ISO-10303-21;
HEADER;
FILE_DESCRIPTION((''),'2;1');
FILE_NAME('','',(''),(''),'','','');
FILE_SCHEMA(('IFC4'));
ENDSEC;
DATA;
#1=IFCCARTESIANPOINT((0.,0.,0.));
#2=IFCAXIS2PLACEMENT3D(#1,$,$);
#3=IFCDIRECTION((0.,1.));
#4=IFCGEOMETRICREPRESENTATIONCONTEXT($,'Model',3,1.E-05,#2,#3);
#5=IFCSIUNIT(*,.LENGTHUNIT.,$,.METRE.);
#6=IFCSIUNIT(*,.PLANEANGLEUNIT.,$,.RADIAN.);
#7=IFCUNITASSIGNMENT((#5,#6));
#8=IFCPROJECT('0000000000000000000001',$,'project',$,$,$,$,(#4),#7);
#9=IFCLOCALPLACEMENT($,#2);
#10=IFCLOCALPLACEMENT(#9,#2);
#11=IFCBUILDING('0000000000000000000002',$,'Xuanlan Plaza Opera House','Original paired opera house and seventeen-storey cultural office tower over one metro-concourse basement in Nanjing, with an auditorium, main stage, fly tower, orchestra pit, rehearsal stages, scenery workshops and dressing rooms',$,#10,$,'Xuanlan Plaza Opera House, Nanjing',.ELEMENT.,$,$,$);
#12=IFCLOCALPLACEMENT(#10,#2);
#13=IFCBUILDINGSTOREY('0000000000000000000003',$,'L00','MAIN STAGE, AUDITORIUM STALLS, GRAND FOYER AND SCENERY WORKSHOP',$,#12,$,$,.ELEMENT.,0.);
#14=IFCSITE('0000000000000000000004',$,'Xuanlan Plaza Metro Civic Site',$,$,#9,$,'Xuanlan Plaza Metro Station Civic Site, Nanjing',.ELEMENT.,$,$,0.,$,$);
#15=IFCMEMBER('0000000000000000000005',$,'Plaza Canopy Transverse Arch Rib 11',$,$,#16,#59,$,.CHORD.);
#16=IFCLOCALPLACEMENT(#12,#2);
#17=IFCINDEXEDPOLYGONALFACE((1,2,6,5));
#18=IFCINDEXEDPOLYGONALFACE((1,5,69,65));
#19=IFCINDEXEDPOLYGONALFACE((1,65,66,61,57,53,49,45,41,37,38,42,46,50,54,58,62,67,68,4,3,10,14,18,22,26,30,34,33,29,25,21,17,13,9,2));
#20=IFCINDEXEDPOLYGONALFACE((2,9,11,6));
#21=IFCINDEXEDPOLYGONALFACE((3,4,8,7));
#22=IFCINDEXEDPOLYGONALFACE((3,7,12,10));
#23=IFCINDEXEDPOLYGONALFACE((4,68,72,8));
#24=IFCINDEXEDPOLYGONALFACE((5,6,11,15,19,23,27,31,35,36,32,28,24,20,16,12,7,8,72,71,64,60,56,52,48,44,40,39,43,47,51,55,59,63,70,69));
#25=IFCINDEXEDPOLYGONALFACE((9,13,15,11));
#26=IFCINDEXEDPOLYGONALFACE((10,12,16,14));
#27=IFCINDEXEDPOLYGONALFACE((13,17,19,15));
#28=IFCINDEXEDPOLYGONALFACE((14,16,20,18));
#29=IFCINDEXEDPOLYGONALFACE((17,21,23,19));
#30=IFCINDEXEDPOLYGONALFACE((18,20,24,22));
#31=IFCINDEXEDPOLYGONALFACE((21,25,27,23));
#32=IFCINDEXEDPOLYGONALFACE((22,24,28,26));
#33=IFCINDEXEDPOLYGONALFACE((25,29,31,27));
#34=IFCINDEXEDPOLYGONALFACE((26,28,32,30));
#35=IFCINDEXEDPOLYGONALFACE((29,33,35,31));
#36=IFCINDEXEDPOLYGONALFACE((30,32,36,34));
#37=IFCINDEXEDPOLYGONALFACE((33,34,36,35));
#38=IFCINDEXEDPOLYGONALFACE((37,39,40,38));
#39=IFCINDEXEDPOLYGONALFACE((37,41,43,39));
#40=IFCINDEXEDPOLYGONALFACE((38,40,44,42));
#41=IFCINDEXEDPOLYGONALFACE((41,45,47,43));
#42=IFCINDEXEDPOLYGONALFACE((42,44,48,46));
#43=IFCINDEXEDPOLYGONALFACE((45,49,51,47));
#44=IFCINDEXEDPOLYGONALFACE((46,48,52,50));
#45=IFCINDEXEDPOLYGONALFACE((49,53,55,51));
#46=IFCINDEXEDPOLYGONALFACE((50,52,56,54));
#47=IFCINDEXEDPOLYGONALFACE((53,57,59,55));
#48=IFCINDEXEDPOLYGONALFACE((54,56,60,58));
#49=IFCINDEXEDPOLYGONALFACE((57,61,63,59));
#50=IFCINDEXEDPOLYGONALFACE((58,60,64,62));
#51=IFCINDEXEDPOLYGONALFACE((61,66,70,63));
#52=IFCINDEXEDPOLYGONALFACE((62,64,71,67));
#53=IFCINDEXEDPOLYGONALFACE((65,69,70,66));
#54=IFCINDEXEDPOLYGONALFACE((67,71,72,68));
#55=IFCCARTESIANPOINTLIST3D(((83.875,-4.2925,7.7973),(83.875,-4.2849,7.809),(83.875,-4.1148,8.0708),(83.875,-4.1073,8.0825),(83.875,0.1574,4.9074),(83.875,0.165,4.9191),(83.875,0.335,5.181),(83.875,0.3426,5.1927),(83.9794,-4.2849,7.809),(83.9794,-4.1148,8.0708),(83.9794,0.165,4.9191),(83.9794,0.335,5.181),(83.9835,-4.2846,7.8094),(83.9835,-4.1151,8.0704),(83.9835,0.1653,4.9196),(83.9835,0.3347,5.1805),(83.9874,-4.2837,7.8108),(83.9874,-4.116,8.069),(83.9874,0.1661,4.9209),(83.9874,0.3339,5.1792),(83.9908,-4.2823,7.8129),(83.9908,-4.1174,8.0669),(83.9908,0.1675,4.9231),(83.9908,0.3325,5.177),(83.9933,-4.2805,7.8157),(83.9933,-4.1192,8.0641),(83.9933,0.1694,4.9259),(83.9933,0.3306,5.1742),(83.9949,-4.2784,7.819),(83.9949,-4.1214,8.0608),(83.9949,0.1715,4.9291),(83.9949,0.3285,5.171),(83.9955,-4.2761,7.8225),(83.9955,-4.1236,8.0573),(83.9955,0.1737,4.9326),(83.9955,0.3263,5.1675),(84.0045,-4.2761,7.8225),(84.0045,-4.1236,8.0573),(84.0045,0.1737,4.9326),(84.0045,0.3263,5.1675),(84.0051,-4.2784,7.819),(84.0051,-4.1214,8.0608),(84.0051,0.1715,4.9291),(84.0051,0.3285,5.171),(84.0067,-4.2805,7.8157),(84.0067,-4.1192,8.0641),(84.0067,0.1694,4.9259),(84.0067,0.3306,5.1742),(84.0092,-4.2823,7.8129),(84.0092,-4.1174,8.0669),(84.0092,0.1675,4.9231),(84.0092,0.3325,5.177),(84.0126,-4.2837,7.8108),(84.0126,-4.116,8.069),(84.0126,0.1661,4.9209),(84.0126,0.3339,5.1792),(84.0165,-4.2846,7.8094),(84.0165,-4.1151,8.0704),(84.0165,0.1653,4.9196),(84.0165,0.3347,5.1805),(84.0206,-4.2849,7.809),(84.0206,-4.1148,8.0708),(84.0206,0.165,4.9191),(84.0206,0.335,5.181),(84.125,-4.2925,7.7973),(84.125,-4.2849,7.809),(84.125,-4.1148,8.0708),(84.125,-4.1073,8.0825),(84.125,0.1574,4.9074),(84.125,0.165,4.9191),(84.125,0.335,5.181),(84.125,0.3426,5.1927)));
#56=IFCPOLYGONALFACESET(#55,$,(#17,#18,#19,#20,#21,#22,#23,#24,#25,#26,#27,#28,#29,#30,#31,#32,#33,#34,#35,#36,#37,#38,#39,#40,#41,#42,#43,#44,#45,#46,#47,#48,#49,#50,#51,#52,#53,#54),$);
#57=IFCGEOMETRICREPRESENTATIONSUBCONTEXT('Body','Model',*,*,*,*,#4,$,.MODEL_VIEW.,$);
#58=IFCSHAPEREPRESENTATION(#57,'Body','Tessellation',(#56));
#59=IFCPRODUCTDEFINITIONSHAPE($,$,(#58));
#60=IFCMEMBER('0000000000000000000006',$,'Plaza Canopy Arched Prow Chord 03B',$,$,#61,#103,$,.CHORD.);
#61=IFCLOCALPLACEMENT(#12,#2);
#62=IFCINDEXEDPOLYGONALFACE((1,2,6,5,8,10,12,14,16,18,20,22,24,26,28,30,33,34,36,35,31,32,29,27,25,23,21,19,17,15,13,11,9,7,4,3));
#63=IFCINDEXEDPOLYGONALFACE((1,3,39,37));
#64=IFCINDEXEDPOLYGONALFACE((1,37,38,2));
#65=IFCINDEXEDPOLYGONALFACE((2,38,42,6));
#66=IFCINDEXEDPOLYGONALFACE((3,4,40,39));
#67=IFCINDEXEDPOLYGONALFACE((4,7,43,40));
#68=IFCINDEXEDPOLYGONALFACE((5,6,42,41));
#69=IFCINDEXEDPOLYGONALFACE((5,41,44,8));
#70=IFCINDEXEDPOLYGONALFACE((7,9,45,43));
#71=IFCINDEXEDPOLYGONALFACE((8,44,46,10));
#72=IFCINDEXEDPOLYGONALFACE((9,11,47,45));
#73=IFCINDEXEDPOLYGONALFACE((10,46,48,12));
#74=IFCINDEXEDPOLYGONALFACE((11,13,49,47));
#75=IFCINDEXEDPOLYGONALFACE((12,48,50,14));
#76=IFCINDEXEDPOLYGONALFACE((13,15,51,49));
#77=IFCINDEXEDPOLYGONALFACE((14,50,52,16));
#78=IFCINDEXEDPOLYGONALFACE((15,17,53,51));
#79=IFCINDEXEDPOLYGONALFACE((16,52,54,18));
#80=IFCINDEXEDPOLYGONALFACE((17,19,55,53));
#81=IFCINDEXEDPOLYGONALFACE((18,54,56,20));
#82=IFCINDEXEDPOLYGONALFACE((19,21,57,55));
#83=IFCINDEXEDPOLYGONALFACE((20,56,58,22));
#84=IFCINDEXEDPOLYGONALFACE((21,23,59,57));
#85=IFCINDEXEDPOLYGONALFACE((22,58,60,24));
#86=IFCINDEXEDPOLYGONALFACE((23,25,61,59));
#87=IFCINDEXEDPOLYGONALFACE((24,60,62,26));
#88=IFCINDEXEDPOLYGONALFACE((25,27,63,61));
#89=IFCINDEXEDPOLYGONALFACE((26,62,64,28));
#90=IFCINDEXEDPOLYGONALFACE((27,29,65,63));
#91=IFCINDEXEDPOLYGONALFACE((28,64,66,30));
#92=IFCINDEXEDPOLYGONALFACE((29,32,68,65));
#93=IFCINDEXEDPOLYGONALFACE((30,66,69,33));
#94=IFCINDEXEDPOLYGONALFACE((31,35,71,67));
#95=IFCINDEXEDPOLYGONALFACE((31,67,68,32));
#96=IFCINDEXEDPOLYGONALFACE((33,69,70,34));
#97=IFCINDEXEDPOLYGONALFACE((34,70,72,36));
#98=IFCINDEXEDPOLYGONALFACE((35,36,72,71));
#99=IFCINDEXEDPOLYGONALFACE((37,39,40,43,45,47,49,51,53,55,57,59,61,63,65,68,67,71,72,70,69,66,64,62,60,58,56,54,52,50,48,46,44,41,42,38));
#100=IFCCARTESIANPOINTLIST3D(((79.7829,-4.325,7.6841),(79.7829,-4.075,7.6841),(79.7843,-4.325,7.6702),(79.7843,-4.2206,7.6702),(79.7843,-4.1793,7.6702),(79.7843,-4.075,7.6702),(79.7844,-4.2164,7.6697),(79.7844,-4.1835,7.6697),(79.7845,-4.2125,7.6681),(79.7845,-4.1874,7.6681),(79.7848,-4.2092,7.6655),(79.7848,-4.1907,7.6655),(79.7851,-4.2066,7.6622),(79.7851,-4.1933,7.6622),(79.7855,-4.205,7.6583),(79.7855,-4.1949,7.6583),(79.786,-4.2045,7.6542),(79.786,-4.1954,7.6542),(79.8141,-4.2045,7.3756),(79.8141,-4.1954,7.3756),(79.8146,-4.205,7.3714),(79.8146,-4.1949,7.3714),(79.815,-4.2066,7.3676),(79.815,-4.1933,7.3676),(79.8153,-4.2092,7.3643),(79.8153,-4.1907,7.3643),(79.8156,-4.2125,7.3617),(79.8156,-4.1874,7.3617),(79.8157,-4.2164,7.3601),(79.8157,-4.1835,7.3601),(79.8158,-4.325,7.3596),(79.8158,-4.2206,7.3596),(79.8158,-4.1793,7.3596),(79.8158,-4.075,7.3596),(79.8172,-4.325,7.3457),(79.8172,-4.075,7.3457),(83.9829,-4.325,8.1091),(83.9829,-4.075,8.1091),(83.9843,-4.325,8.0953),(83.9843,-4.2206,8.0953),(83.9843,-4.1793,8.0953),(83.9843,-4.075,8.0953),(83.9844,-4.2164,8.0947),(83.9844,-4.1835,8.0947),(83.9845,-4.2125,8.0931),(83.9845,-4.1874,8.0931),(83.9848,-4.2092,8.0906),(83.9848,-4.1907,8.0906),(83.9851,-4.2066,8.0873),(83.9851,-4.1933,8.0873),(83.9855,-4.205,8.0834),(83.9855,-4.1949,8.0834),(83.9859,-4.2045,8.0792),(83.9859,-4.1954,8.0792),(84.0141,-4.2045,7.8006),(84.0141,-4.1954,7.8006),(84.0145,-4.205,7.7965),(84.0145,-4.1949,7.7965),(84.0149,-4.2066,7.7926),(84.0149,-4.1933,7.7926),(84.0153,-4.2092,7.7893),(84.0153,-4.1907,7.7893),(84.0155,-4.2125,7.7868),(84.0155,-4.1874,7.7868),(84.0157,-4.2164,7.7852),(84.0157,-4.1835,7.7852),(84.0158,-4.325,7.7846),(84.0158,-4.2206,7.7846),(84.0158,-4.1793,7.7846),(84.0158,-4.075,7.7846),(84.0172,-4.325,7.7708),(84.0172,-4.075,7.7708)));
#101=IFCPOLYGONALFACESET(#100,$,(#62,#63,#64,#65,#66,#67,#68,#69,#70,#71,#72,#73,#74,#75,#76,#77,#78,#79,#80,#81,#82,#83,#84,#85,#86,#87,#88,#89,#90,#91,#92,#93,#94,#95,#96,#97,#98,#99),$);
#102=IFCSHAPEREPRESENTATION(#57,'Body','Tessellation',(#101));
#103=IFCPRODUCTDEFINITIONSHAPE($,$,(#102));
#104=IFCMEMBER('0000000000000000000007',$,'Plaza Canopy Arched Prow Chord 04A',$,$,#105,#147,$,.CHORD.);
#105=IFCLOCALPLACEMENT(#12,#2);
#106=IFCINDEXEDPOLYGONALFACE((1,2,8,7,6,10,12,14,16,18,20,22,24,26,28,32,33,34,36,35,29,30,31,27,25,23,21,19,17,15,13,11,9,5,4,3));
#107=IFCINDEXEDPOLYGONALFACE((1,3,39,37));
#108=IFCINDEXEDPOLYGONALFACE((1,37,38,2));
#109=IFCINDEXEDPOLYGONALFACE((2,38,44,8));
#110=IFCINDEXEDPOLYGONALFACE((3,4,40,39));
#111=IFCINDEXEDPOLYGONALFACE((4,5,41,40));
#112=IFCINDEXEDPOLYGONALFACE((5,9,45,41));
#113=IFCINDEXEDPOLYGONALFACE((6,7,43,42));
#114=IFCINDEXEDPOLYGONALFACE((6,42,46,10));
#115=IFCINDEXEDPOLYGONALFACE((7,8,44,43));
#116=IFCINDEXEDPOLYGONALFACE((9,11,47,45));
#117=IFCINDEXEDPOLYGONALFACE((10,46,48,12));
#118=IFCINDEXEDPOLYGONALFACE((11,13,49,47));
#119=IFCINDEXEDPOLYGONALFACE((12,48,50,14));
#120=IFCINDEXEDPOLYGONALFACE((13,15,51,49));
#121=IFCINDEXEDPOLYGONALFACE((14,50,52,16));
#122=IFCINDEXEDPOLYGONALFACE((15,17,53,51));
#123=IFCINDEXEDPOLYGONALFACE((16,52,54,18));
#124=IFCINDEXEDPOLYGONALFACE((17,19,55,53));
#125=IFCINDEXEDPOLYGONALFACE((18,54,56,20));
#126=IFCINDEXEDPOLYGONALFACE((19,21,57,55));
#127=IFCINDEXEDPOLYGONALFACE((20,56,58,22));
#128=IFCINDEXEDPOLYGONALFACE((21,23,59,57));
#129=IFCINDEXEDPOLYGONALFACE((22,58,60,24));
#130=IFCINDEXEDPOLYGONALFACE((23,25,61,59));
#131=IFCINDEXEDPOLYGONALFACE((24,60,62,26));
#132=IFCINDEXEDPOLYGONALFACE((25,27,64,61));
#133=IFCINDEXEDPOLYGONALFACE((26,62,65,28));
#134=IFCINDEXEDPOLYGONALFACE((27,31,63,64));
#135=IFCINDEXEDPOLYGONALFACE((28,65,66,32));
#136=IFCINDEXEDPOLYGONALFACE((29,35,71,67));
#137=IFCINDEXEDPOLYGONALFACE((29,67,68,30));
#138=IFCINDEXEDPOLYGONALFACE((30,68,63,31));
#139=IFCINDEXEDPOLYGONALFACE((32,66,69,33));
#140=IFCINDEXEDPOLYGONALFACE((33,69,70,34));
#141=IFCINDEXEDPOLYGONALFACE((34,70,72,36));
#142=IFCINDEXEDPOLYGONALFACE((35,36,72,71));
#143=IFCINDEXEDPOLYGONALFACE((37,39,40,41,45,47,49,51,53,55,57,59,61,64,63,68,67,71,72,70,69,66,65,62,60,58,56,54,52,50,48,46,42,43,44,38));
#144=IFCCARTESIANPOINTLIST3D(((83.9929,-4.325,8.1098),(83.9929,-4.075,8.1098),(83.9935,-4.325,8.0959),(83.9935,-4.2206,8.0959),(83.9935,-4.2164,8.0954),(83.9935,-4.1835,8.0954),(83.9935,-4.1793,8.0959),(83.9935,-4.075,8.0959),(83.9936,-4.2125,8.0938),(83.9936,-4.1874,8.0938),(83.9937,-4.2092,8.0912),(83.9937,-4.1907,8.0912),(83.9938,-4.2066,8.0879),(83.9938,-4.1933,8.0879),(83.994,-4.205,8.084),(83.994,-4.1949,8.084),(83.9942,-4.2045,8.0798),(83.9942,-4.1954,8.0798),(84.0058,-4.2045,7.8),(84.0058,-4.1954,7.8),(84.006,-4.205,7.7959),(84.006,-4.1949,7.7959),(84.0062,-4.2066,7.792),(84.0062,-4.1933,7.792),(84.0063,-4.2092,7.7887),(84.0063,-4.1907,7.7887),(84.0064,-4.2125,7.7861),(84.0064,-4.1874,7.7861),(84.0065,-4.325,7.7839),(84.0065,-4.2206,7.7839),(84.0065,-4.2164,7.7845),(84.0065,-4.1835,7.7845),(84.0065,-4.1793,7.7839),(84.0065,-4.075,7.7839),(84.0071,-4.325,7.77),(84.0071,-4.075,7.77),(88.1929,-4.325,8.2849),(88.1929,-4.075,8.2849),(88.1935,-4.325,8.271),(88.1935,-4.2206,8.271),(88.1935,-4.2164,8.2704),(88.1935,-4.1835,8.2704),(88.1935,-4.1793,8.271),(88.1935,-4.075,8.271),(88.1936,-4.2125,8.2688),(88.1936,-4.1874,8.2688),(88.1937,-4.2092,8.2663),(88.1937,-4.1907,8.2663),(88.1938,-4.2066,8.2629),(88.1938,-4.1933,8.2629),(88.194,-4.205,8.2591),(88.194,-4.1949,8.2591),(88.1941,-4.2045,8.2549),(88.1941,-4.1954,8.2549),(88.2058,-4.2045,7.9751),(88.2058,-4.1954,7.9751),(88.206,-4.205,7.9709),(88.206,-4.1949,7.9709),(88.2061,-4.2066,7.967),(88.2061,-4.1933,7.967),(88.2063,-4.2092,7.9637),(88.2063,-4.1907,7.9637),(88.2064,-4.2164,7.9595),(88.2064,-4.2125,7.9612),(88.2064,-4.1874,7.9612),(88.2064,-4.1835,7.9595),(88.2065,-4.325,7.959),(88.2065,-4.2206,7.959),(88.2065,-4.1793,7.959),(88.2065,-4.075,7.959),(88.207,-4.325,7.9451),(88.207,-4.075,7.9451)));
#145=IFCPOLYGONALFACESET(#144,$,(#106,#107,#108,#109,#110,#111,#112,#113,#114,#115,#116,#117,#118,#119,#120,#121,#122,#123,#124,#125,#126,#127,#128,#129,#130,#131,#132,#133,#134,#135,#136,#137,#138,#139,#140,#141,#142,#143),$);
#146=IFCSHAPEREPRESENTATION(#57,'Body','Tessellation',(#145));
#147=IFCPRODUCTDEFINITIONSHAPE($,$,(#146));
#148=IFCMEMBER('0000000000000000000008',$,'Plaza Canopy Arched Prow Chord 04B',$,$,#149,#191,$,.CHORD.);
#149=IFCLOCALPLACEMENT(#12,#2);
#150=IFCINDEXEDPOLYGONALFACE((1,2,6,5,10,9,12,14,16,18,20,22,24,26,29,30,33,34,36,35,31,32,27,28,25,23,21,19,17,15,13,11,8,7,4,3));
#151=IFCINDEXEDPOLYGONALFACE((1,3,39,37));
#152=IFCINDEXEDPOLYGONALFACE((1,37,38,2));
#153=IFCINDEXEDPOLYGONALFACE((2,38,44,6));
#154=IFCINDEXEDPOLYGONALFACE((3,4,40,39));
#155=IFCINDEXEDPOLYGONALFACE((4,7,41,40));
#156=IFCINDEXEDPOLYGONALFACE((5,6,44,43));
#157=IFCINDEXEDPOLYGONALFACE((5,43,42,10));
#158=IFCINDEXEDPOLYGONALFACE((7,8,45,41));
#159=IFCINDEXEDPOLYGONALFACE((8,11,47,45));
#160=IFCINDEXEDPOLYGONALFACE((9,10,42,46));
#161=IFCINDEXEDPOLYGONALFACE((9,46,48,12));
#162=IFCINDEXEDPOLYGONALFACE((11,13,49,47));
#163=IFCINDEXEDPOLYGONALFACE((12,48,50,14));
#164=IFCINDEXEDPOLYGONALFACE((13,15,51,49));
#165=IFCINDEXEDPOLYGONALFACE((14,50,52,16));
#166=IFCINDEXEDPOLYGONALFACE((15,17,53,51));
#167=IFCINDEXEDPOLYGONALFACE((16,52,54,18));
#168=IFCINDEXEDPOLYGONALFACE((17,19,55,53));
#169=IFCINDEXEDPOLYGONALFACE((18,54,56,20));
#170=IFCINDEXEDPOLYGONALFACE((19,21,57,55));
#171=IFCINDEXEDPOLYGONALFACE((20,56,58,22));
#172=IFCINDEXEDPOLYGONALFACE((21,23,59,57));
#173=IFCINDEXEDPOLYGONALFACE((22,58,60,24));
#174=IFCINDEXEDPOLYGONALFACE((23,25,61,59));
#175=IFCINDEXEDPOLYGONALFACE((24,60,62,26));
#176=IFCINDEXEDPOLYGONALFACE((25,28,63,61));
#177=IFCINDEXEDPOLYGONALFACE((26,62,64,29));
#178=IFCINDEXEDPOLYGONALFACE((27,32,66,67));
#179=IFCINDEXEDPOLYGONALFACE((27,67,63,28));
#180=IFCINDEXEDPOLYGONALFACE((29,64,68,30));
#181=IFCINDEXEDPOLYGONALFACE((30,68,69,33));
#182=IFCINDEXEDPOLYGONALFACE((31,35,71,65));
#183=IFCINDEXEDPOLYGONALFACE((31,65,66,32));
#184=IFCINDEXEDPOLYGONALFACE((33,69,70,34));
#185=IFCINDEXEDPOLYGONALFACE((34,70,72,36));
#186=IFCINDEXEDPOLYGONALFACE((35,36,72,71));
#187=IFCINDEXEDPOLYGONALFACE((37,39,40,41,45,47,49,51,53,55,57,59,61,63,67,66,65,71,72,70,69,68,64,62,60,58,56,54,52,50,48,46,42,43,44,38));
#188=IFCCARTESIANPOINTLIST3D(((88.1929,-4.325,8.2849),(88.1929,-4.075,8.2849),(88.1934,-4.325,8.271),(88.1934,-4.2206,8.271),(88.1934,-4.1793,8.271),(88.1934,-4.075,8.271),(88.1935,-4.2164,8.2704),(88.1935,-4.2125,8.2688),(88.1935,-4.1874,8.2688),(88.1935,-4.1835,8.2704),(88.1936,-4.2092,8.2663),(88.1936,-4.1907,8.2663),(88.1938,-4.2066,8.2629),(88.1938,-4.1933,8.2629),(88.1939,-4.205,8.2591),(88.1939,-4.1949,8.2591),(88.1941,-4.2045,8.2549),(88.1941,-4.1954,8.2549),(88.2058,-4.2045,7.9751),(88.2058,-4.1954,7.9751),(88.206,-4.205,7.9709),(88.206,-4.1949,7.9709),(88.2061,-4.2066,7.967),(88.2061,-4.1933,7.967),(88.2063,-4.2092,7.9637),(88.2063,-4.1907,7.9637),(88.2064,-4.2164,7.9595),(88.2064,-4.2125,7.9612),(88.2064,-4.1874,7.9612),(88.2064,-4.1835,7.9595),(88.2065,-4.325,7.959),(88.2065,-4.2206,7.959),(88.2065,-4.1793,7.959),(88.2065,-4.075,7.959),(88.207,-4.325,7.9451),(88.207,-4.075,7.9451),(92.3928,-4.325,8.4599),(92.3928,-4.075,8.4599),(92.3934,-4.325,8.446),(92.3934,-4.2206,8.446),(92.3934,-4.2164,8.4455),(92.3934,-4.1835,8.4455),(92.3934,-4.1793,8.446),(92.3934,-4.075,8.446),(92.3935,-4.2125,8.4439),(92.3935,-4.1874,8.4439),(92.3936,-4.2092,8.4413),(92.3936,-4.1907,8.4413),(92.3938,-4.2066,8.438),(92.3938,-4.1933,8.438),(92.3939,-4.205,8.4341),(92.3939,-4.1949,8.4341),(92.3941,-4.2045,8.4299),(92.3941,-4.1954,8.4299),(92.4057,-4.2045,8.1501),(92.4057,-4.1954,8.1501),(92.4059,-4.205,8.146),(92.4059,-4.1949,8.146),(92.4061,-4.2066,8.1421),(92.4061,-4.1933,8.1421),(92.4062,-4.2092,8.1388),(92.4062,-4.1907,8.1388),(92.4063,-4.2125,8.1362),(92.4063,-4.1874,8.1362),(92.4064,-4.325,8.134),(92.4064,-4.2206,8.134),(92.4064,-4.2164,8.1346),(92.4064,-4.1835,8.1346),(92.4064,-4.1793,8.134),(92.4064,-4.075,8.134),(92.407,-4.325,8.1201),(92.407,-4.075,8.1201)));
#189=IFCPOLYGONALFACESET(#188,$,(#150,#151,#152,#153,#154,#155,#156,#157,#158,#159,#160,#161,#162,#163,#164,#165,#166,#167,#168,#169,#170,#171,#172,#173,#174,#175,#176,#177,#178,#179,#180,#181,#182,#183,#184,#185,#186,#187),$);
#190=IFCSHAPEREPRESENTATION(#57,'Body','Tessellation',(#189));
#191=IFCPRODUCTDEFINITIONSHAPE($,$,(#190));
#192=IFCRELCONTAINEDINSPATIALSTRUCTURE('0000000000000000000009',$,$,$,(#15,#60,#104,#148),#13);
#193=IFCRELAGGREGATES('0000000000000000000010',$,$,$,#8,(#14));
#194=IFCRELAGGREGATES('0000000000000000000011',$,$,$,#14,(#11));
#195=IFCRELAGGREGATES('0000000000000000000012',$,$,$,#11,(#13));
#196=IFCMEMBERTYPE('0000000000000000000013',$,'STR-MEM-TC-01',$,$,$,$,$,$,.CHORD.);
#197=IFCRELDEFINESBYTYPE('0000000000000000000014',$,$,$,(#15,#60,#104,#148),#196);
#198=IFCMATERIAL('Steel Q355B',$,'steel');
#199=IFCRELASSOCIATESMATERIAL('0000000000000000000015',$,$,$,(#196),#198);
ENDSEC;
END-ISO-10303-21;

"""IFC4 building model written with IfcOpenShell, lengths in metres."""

from ifc_helpers import new_model, si_unit, direction, frame, origin, origin_2d, place, context, subcontext, project, spatial, i_section, extrude, material, material_profile, profile_set, type_object, element, save


model = new_model("IFC4")

# Units and contexts
model_context = context("Model", 3, precision=1e-05, world=origin(), true_north=direction((0.0, 1.0)))
body_context = subcontext(model_context, "Body", "Model", "MODEL_VIEW")
ifc_project = project(units=[si_unit("LENGTHUNIT", "METRE"), si_unit("PLANEANGLEUNIT", "RADIAN")], contexts=[model_context])

# Site, building, storey
site_placement = place(None, origin())
site = spatial("IfcSite", under=ifc_project, at=site_placement, Name="Xuanlan Plaza Metro Civic Site", LongName="Xuanlan Plaza Metro Station Civic Site, Nanjing", CompositionType="ELEMENT", RefElevation=0.0)
building_placement = place(site_placement, origin())
building = spatial("IfcBuilding", under=site, at=building_placement, Name="Xuanlan Plaza Opera House", Description="Original paired opera house and seventeen-storey cultural office tower over one metro-concourse basement in Nanjing, with an auditorium, main stage, fly tower, orchestra pit, rehearsal stages, scenery workshops and dressing rooms", LongName="Xuanlan Plaza Opera House, Nanjing", CompositionType="ELEMENT")
storey_placement = place(building_placement, origin())
storey = spatial("IfcBuildingStorey", under=building, at=storey_placement, Name="L00", Description="MAIN STAGE, AUDITORIUM STALLS, GRAND FOYER AND SCENERY WORKSHOP", CompositionType="ELEMENT", Elevation=0.0)

# Members
ifc_material_1 = material(Name="Steel Q355B", Category="steel")
ifc_material_profile_1 = material_profile(ifc_material_1, i_section(OverallWidth=0.25, OverallDepth=0.3401, WebThickness=0.009, FlangeThickness=0.0139, FilletRadius=0.0161, at=origin_2d()), Name="HM 340x250x9x14")
ifc_profile_set_1 = profile_set([ifc_material_profile_1], Name="Steel Q355B")
member_type_1 = type_object("IfcMemberType", Name="STR-MEM-TC-01", PredefinedType="CHORD", material=ifc_profile_set_1)
member_1_placement = place(storey_placement, frame((84.0, 0.25, 5.05), z_axis=(0.0, -0.838665, 0.544647), x_axis=(1.0, 0.0, 0.0)))
element("IfcMember", 1, at=member_1_placement, inside=storey, type_object=member_type_1, Name="Plaza Canopy Transverse Arch Rib 11", PredefinedType="CHORD", context=body_context, shape_type="SweptSolid", body=[
    extrude(i_section(OverallWidth=0.25, OverallDepth=0.3401, WebThickness=0.009, FlangeThickness=0.0139, FilletRadius=0.0161, at=origin_2d()), origin(), (0.0, 0.0, 1.0), 5.3059),
])
member_2_placement = place(storey_placement, frame((79.8, -4.2, 7.5149), z_axis=(0.994918, 0.0, 0.100689), x_axis=(0.0, 1.0, 0.0)))
element("IfcMember", 2, at=member_2_placement, inside=storey, type_object=member_type_1, Name="Plaza Canopy Arched Prow Chord 03B", PredefinedType="CHORD", context=body_context, shape_type="SweptSolid", body=[
    extrude(i_section(OverallWidth=0.25, OverallDepth=0.3401, WebThickness=0.009, FlangeThickness=0.0139, FilletRadius=0.0161, at=origin_2d()), origin(), (0.0, 0.0, 1.0), 4.2214),
])
for number, where, z_axis, x_axis, name in (
    (3, (84.0, -4.2, 7.9399), (0.999133, 0.0, 0.041643), (0.0, 1.0, 0.0), "Plaza Canopy Arched Prow Chord 04A"),
    (4, (88.2, -4.2, 8.115), (0.999133, 0.0, 0.041643), (0.0, 1.0, 0.0), "Plaza Canopy Arched Prow Chord 04B"),
):
    element("IfcMember", number, at=place(storey_placement, frame(where, z_axis=z_axis, x_axis=x_axis)), inside=storey, type_object=member_type_1, Name=name, PredefinedType="CHORD", context=body_context, shape_type="SweptSolid", body=[
        extrude(i_section(OverallWidth=0.25, OverallDepth=0.3401, WebThickness=0.009, FlangeThickness=0.0139, FilletRadius=0.0161, at=origin_2d()), origin(), (0.0, 0.0, 1.0), 4.2036),
    ])

save(model, "model.ifc")
